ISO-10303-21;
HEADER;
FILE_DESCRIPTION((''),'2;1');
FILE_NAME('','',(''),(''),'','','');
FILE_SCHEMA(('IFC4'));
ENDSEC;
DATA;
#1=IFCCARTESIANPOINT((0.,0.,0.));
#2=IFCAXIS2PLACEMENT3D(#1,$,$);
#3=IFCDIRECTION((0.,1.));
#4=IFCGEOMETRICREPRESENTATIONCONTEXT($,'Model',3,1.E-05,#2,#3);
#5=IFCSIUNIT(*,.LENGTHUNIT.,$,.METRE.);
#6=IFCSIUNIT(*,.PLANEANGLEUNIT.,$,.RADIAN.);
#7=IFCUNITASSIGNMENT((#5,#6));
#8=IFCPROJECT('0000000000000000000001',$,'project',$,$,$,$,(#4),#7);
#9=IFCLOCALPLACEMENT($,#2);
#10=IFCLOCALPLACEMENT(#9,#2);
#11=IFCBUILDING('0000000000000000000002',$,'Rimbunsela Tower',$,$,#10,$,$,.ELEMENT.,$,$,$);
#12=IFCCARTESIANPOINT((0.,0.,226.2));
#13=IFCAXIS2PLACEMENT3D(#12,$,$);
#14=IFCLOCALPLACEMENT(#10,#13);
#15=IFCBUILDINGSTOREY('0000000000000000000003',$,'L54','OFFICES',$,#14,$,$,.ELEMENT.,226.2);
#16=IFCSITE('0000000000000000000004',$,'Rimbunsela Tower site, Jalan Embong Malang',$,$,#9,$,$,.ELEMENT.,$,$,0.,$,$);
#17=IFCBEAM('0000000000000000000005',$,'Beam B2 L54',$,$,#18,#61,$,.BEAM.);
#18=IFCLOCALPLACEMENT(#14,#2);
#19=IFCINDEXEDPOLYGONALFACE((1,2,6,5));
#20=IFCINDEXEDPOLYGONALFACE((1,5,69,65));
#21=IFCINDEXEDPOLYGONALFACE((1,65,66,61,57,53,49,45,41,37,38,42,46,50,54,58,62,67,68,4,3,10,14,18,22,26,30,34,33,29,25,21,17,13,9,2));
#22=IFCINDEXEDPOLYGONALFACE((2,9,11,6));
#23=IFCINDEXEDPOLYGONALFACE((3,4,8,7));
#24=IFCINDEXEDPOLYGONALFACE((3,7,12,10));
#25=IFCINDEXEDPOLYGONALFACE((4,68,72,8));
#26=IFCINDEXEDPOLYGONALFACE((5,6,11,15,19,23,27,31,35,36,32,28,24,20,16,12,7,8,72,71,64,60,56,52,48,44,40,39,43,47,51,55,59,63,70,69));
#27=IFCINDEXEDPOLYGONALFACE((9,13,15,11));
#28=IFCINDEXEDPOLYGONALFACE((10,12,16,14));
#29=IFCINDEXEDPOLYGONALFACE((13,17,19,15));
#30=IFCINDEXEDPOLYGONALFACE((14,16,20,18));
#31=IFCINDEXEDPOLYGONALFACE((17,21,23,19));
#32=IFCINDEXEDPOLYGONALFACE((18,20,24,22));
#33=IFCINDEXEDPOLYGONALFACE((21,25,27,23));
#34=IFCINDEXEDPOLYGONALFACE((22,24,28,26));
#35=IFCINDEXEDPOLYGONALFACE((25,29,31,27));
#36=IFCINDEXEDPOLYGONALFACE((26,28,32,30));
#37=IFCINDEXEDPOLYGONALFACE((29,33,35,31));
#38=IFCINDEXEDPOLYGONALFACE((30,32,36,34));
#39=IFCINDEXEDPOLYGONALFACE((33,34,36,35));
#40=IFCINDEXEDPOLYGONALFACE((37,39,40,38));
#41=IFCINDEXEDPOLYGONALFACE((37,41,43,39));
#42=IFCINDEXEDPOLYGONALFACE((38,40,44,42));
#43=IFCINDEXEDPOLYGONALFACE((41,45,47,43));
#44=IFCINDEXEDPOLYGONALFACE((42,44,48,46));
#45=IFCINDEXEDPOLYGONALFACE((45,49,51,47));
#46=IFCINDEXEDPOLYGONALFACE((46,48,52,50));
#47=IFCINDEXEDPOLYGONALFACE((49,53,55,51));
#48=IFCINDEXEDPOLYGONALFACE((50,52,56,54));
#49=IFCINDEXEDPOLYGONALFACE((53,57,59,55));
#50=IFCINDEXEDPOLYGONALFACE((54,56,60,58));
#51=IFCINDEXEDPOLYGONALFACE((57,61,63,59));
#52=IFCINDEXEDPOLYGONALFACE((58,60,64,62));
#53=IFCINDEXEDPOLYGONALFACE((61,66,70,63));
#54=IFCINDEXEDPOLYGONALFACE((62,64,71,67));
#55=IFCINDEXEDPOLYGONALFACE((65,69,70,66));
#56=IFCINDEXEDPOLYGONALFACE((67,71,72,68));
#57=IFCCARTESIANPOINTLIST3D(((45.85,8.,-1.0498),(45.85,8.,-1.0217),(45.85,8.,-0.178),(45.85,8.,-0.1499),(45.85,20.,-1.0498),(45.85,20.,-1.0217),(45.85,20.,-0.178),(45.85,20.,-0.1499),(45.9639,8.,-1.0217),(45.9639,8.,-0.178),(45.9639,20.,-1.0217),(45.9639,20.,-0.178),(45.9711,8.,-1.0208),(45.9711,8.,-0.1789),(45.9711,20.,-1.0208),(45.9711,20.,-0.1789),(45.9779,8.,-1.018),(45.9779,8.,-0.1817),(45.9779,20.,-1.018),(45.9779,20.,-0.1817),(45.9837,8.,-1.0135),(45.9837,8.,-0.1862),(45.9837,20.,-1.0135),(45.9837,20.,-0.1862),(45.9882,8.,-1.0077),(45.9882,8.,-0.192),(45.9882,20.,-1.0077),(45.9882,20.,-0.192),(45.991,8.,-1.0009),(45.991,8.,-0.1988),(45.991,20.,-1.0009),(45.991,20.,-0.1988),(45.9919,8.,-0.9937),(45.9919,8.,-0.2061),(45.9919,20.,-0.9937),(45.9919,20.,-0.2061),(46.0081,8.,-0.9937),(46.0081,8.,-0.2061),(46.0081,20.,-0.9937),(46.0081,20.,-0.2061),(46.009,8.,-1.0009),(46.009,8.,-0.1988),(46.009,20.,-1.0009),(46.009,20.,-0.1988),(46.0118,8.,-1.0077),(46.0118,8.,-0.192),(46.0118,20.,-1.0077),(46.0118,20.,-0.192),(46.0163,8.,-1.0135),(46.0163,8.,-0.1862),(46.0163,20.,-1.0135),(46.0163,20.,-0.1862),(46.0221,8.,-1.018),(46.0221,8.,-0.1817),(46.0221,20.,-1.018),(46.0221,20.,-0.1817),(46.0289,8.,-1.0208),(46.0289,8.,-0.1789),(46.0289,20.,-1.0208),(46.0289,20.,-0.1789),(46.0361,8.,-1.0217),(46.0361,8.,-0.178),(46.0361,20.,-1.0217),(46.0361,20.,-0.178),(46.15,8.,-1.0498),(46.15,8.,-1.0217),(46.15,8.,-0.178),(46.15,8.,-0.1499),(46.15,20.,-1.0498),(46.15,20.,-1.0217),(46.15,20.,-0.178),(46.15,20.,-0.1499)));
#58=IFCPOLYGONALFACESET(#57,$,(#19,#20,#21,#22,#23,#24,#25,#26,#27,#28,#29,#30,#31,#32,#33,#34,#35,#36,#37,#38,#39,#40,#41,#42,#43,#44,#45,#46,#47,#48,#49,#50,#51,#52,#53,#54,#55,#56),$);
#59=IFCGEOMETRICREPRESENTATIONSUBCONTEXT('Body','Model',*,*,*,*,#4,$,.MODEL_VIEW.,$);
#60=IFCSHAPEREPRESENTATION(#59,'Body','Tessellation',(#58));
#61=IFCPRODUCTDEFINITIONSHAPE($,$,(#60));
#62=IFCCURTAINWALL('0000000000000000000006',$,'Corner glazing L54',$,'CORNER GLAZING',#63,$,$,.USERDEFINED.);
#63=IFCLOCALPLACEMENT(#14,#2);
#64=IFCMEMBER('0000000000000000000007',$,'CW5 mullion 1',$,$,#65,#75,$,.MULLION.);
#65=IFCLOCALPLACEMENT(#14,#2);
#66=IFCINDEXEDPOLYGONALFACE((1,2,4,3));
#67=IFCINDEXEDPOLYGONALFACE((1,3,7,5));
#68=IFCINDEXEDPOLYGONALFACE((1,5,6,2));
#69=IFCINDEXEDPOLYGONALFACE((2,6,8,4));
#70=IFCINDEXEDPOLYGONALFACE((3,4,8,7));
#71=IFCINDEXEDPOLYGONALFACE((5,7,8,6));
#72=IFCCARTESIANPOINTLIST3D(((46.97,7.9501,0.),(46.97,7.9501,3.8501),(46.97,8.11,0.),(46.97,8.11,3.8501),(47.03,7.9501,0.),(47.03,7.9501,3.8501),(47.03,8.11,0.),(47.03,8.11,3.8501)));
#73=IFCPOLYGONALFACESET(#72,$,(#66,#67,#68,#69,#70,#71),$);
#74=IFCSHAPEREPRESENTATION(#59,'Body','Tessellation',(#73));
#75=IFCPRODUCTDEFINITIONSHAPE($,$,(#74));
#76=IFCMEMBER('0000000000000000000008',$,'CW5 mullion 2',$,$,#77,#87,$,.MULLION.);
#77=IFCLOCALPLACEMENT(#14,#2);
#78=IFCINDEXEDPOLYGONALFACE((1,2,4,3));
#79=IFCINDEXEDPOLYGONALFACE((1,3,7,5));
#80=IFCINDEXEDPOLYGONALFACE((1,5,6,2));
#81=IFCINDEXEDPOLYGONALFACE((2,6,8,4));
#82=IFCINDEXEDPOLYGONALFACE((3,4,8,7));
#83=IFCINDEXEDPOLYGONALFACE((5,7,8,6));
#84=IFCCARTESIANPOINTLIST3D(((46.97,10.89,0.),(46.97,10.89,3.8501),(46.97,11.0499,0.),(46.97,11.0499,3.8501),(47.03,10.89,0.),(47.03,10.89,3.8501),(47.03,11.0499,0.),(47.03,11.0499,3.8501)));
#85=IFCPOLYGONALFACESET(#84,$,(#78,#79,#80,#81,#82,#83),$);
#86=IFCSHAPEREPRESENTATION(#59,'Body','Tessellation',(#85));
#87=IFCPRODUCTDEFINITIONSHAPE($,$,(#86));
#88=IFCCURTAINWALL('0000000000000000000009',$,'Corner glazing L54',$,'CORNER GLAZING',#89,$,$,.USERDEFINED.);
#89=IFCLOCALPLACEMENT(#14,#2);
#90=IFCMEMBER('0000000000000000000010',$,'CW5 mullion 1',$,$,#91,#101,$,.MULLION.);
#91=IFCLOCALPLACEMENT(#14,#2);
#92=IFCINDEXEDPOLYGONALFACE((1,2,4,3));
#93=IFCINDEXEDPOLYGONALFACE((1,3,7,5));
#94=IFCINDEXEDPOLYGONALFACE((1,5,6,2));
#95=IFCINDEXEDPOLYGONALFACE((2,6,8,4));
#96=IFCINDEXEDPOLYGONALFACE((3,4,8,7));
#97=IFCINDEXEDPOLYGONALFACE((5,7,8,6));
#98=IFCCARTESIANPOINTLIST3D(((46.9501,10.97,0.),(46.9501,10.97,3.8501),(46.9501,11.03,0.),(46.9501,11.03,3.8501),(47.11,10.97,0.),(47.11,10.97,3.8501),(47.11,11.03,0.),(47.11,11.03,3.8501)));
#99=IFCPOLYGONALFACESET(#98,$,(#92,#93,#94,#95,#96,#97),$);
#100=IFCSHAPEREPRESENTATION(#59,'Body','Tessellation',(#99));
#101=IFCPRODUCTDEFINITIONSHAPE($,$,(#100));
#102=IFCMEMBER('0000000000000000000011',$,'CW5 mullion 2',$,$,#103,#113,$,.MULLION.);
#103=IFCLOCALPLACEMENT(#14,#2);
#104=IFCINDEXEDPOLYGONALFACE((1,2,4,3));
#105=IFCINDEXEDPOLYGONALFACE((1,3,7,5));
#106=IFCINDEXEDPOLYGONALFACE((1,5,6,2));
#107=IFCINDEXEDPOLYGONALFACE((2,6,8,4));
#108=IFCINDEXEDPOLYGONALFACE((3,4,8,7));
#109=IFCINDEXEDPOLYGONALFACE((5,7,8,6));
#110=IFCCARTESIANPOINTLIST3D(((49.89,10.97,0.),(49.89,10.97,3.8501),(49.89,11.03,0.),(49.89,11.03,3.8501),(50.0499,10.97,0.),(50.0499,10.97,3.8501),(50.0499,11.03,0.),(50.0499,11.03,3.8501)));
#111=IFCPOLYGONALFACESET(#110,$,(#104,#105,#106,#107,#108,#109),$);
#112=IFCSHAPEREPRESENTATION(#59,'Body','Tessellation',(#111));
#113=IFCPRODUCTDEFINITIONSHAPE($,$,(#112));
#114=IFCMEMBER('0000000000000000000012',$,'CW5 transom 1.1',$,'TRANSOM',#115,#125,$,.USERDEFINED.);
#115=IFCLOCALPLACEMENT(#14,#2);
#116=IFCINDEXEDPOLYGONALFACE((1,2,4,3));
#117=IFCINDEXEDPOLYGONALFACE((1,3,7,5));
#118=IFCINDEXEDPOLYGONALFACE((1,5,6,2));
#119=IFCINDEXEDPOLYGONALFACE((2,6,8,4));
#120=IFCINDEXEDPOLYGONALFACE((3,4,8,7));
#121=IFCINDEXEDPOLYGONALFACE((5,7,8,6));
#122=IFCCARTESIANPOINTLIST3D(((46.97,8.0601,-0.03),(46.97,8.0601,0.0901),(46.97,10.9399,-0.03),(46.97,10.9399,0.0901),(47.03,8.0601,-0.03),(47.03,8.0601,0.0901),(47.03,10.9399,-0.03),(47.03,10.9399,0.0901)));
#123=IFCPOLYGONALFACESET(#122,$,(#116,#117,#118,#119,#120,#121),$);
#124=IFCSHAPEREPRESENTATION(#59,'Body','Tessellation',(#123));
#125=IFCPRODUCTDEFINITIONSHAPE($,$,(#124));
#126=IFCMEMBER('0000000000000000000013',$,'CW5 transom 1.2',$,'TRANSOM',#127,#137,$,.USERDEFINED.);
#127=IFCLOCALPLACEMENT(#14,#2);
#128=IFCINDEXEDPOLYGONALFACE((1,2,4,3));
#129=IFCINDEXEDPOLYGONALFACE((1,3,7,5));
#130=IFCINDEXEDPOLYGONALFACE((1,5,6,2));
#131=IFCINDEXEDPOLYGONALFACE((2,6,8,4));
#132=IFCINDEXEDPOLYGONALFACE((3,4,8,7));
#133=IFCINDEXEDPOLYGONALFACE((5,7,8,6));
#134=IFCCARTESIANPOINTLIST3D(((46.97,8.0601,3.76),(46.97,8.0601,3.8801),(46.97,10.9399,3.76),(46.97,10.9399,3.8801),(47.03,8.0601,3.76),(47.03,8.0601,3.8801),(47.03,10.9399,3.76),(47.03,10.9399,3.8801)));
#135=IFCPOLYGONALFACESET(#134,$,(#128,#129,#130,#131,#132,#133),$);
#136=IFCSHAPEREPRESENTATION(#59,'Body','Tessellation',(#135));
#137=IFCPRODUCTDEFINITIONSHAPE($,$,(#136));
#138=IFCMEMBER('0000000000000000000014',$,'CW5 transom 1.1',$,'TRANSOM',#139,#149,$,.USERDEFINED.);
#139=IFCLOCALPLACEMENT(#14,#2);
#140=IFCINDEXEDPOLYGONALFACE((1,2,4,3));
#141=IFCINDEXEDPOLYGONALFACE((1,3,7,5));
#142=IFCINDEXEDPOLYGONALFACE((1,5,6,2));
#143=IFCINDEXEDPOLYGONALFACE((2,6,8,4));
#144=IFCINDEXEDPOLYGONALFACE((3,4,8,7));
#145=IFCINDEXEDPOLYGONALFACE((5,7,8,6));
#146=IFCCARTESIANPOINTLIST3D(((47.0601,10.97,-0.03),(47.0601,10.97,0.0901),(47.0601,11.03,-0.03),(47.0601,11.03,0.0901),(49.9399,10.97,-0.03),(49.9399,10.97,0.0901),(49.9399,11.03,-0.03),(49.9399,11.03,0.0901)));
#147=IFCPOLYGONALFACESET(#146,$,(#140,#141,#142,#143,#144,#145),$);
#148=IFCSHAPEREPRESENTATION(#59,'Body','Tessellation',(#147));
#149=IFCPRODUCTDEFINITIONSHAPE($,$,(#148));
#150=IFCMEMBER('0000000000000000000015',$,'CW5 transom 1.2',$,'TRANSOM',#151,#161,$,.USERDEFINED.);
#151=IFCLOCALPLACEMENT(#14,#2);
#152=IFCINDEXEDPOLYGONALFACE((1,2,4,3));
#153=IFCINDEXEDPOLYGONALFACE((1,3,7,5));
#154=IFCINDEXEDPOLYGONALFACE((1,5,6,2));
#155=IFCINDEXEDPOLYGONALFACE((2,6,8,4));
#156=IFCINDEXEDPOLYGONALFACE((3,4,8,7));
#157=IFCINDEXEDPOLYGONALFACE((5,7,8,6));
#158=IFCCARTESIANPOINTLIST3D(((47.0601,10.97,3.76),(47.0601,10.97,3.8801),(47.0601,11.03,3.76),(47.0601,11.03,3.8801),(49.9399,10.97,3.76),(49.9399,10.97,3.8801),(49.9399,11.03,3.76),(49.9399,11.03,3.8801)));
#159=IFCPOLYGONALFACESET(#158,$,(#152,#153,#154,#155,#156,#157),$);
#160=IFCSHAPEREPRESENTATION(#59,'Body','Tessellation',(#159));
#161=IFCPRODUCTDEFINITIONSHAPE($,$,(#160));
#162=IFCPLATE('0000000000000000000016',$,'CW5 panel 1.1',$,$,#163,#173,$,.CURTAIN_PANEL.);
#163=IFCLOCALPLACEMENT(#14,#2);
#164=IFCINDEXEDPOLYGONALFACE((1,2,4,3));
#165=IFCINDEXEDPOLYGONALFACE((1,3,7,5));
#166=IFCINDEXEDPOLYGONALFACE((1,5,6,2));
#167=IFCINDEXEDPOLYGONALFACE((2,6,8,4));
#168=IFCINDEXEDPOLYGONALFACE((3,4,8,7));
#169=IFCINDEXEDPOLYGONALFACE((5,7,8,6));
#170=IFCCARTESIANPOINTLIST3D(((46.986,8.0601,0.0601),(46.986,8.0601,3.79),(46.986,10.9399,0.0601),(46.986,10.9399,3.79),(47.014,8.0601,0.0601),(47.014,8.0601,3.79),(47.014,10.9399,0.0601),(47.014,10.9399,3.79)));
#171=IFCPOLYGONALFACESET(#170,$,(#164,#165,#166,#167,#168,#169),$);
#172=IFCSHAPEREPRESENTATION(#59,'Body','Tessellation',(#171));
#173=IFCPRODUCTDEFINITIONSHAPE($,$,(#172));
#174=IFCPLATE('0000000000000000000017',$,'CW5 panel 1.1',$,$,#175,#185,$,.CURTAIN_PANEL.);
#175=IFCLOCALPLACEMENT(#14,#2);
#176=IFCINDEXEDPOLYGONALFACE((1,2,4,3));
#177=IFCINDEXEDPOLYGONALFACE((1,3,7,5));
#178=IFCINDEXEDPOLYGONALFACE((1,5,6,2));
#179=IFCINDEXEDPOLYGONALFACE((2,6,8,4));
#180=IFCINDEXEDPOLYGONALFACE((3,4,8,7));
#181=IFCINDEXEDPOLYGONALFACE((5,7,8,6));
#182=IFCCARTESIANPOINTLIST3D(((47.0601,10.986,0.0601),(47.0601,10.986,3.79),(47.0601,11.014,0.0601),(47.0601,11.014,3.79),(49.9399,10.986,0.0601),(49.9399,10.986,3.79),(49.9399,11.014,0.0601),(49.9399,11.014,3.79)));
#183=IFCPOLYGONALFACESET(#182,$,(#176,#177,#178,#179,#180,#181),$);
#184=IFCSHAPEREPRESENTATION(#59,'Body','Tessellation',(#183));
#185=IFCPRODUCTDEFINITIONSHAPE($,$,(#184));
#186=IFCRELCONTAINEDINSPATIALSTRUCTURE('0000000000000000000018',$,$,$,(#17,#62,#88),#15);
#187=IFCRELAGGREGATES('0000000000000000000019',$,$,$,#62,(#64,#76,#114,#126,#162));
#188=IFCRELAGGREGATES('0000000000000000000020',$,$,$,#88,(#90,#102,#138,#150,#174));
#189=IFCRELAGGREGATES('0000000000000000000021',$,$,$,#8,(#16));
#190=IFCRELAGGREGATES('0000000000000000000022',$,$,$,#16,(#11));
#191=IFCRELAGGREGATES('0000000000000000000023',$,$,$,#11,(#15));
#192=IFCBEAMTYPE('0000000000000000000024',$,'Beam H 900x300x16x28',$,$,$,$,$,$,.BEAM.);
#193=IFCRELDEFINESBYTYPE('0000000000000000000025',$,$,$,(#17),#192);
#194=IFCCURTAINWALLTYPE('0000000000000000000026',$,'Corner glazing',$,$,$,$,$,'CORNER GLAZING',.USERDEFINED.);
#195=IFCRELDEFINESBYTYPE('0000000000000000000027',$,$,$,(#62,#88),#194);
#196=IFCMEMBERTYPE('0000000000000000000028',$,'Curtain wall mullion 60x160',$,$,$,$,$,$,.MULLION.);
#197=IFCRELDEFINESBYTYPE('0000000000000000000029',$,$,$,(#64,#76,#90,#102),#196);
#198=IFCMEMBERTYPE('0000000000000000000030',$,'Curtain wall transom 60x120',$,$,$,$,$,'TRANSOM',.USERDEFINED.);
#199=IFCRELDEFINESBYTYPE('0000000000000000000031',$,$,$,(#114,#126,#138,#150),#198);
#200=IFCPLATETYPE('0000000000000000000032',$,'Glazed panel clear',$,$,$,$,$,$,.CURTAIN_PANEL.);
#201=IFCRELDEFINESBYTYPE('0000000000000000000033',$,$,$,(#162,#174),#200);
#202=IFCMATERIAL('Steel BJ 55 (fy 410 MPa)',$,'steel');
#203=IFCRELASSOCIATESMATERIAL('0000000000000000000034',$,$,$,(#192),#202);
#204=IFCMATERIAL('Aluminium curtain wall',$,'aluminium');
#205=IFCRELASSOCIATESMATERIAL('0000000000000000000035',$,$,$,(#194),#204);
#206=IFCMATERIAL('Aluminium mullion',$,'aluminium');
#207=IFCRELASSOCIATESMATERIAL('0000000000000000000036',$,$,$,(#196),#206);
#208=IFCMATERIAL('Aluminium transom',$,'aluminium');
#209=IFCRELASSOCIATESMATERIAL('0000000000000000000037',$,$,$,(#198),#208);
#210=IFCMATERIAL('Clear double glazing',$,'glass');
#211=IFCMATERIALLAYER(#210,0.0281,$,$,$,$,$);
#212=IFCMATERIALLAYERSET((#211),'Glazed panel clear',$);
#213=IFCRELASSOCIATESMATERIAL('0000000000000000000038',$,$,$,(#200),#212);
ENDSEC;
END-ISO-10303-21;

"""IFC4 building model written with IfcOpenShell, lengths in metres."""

from ifc_helpers import new_model, si_unit, direction, frame, origin, origin_2d, place, context, subcontext, project, spatial, rectangle, i_section, extrude, material, layer, layer_set, material_profile, profile_set, type_object, element, aggregate, save


model = new_model("IFC4")

# Units and contexts
model_context = context("Model", 3, precision=1e-05, world=origin(), true_north=direction((0.0, 1.0)))
body_context = subcontext(model_context, "Body", "Model", "MODEL_VIEW")
ifc_project = project(units=[si_unit("LENGTHUNIT", "METRE"), si_unit("PLANEANGLEUNIT", "RADIAN")], contexts=[model_context])

# Site, building, storey
site_placement = place(None, origin())
site = spatial("IfcSite", under=ifc_project, at=site_placement, Name="Rimbunsela Tower site, Jalan Embong Malang", CompositionType="ELEMENT", RefElevation=0.0)
building_placement = place(site_placement, origin())
building = spatial("IfcBuilding", under=site, at=building_placement, Name="Rimbunsela Tower", CompositionType="ELEMENT")
storey_placement = place(building_placement, frame((0.0, 0.0, 226.2)))
storey = spatial("IfcBuildingStorey", under=building, at=storey_placement, Name="L54", Description="OFFICES", CompositionType="ELEMENT", Elevation=226.2)

# Beam
ifc_material_1 = material(Name="Steel BJ 55 (fy 410 MPa)", Category="steel")
ifc_material_profile_1 = material_profile(ifc_material_1, i_section(OverallWidth=0.3, OverallDepth=0.8999, WebThickness=0.0161, FlangeThickness=0.0281, FilletRadius=0.0281, at=origin_2d()), Name="H 900x300x16x28")
ifc_profile_set_1 = profile_set([ifc_material_profile_1], Name="Steel BJ 55 (fy 410 MPa)")
beam_type_1 = type_object("IfcBeamType", Name="Beam H 900x300x16x28", PredefinedType="BEAM", material=ifc_profile_set_1)
beam_placement = place(storey_placement, frame((46.0, 8.0, -0.5999), z_axis=(0.0, 1.0, 0.0), x_axis=(-1.0, 0.0, 0.0)))
element("IfcBeam", 1, at=beam_placement, inside=storey, type_object=beam_type_1, Name="Beam B2 L54", PredefinedType="BEAM", context=body_context, shape_type="SweptSolid", body=[
    extrude(i_section(OverallWidth=0.3, OverallDepth=0.8999, WebThickness=0.0161, FlangeThickness=0.0281, FilletRadius=0.0281, at=origin_2d()), origin(), (0.0, 0.0, 1.0), 12.0),
])

# Curtain walls, members
ifc_material_2 = material(Name="Aluminium curtain wall", Category="aluminium")
curtain_wall_type = type_object("IfcCurtainWallType", Name="Corner glazing", ElementType="CORNER GLAZING", PredefinedType="USERDEFINED", material=ifc_material_2)
curtain_wall_1_placement = place(storey_placement, origin())
curtain_wall_1 = element("IfcCurtainWall", 2, at=curtain_wall_1_placement, inside=storey, type_object=curtain_wall_type, Name="Corner glazing L54", ObjectType="CORNER GLAZING", PredefinedType="USERDEFINED")
ifc_material_3 = material(Name="Aluminium mullion", Category="aluminium")
ifc_material_profile_2 = material_profile(ifc_material_3, rectangle(XDim=0.0601, YDim=0.1599, at=origin_2d()), Name="Mullion 60x160")
ifc_profile_set_2 = profile_set([ifc_material_profile_2], Name="Aluminium mullion")
member_type_1 = type_object("IfcMemberType", Name="Curtain wall mullion 60x160", PredefinedType="MULLION", material=ifc_profile_set_2)
member_1_placement = place(storey_placement, frame((47.0, 8.03, 0.0), z_axis=(0.0, 0.0, 1.0), x_axis=(-1.0, 0.0, 0.0)))
member_1 = element("IfcMember", 3, at=member_1_placement, type_object=member_type_1, Name="CW5 mullion 1", PredefinedType="MULLION", context=body_context, shape_type="SweptSolid", body=[
    extrude(rectangle(XDim=0.0601, YDim=0.1599, at=origin_2d()), origin(), (0.0, 0.0, 1.0), 3.8501),
])
member_2_placement = place(storey_placement, frame((47.0, 10.97, 0.0), z_axis=(0.0, 0.0, 1.0), x_axis=(-1.0, 0.0, 0.0)))
member_2 = element("IfcMember", 4, at=member_2_placement, type_object=member_type_1, Name="CW5 mullion 2", PredefinedType="MULLION", context=body_context, shape_type="SweptSolid", body=[
    extrude(rectangle(XDim=0.0601, YDim=0.1599, at=origin_2d()), origin(), (0.0, 0.0, 1.0), 3.8501),
])
curtain_wall_2_placement = place(storey_placement, origin())
curtain_wall_2 = element("IfcCurtainWall", 5, at=curtain_wall_2_placement, inside=storey, type_object=curtain_wall_type, Name="Corner glazing L54", ObjectType="CORNER GLAZING", PredefinedType="USERDEFINED")
member_3_placement = place(storey_placement, frame((47.03, 11.0, 0.0), z_axis=(0.0, 0.0, 1.0), x_axis=(0.0, 1.0, 0.0)))
member_3 = element("IfcMember", 6, at=member_3_placement, type_object=member_type_1, Name="CW5 mullion 1", PredefinedType="MULLION", context=body_context, shape_type="SweptSolid", body=[
    extrude(rectangle(XDim=0.0601, YDim=0.1599, at=origin_2d()), origin(), (0.0, 0.0, 1.0), 3.8501),
])
member_4_placement = place(storey_placement, frame((49.97, 11.0, 0.0), z_axis=(0.0, 0.0, 1.0), x_axis=(0.0, 1.0, 0.0)))
member_4 = element("IfcMember", 7, at=member_4_placement, type_object=member_type_1, Name="CW5 mullion 2", PredefinedType="MULLION", context=body_context, shape_type="SweptSolid", body=[
    extrude(rectangle(XDim=0.0601, YDim=0.1599, at=origin_2d()), origin(), (0.0, 0.0, 1.0), 3.8501),
])

# Members
ifc_material_4 = material(Name="Aluminium transom", Category="aluminium")
ifc_material_profile_3 = material_profile(ifc_material_4, rectangle(XDim=0.0601, YDim=0.1201, at=origin_2d()), Name="Transom 60x120")
ifc_profile_set_3 = profile_set([ifc_material_profile_3], Name="Aluminium transom")
member_type_2 = type_object("IfcMemberType", Name="Curtain wall transom 60x120", ElementType="TRANSOM", PredefinedType="USERDEFINED", material=ifc_profile_set_3)
member_5_placement = place(storey_placement, frame((47.0, 8.0601, 0.03), z_axis=(0.0, 1.0, 0.0), x_axis=(-1.0, 0.0, 0.0)))
member_5 = element("IfcMember", 8, at=member_5_placement, type_object=member_type_2, Name="CW5 transom 1.1", ObjectType="TRANSOM", PredefinedType="USERDEFINED", context=body_context, shape_type="SweptSolid", body=[
    extrude(rectangle(XDim=0.0601, YDim=0.1201, at=origin_2d()), origin(), (0.0, 0.0, 1.0), 2.8799),
])
member_6_placement = place(storey_placement, frame((47.0, 8.0601, 3.8201), z_axis=(0.0, 1.0, 0.0), x_axis=(-1.0, 0.0, 0.0)))
member_6 = element("IfcMember", 9, at=member_6_placement, type_object=member_type_2, Name="CW5 transom 1.2", ObjectType="TRANSOM", PredefinedType="USERDEFINED", context=body_context, shape_type="SweptSolid", body=[
    extrude(rectangle(XDim=0.0601, YDim=0.1201, at=origin_2d()), origin(), (0.0, 0.0, 1.0), 2.8799),
])
member_7_placement = place(storey_placement, frame((47.0601, 11.0, 0.03), z_axis=(1.0, 0.0, 0.0), x_axis=(0.0, 1.0, 0.0)))
member_7 = element("IfcMember", 10, at=member_7_placement, type_object=member_type_2, Name="CW5 transom 1.1", ObjectType="TRANSOM", PredefinedType="USERDEFINED", context=body_context, shape_type="SweptSolid", body=[
    extrude(rectangle(XDim=0.0601, YDim=0.1201, at=origin_2d()), origin(), (0.0, 0.0, 1.0), 2.8799),
])
member_8_placement = place(storey_placement, frame((47.0601, 11.0, 3.8201), z_axis=(1.0, 0.0, 0.0), x_axis=(0.0, 1.0, 0.0)))
member_8 = element("IfcMember", 11, at=member_8_placement, type_object=member_type_2, Name="CW5 transom 1.2", ObjectType="TRANSOM", PredefinedType="USERDEFINED", context=body_context, shape_type="SweptSolid", body=[
    extrude(rectangle(XDim=0.0601, YDim=0.1201, at=origin_2d()), origin(), (0.0, 0.0, 1.0), 2.8799),
])

# Plates
ifc_material_5 = material(Name="Clear double glazing", Category="glass")
ifc_layer_1 = layer(ifc_material_5, 0.0281)
ifc_layer_set_1 = layer_set([ifc_layer_1], Name="Glazed panel clear")
plate_type = type_object("IfcPlateType", Name="Glazed panel clear", PredefinedType="CURTAIN_PANEL", material=ifc_layer_set_1)
plate_1_placement = place(storey_placement, frame((47.0, 9.5, 0.0601), z_axis=(0.0, 0.0, 1.0), x_axis=(0.0, 1.0, 0.0)))
plate_1 = element("IfcPlate", 12, at=plate_1_placement, type_object=plate_type, Name="CW5 panel 1.1", PredefinedType="CURTAIN_PANEL", context=body_context, shape_type="SweptSolid", body=[
    extrude(rectangle(XDim=2.8799, YDim=0.0281, at=origin_2d()), origin(), (0.0, 0.0, 1.0), 3.73),
])
aggregate(curtain_wall_1, [member_1, member_2, member_5, member_6, plate_1])
plate_2_placement = place(storey_placement, frame((48.5, 11.0, 0.0601), z_axis=(0.0, 0.0, 1.0), x_axis=(1.0, 0.0, 0.0)))
plate_2 = element("IfcPlate", 13, at=plate_2_placement, type_object=plate_type, Name="CW5 panel 1.1", PredefinedType="CURTAIN_PANEL", context=body_context, shape_type="SweptSolid", body=[
    extrude(rectangle(XDim=2.8799, YDim=0.0281, at=origin_2d()), origin(), (0.0, 0.0, 1.0), 3.73),
])
aggregate(curtain_wall_2, [member_3, member_4, member_7, member_8, plate_2])

save(model, "model.ifc")
